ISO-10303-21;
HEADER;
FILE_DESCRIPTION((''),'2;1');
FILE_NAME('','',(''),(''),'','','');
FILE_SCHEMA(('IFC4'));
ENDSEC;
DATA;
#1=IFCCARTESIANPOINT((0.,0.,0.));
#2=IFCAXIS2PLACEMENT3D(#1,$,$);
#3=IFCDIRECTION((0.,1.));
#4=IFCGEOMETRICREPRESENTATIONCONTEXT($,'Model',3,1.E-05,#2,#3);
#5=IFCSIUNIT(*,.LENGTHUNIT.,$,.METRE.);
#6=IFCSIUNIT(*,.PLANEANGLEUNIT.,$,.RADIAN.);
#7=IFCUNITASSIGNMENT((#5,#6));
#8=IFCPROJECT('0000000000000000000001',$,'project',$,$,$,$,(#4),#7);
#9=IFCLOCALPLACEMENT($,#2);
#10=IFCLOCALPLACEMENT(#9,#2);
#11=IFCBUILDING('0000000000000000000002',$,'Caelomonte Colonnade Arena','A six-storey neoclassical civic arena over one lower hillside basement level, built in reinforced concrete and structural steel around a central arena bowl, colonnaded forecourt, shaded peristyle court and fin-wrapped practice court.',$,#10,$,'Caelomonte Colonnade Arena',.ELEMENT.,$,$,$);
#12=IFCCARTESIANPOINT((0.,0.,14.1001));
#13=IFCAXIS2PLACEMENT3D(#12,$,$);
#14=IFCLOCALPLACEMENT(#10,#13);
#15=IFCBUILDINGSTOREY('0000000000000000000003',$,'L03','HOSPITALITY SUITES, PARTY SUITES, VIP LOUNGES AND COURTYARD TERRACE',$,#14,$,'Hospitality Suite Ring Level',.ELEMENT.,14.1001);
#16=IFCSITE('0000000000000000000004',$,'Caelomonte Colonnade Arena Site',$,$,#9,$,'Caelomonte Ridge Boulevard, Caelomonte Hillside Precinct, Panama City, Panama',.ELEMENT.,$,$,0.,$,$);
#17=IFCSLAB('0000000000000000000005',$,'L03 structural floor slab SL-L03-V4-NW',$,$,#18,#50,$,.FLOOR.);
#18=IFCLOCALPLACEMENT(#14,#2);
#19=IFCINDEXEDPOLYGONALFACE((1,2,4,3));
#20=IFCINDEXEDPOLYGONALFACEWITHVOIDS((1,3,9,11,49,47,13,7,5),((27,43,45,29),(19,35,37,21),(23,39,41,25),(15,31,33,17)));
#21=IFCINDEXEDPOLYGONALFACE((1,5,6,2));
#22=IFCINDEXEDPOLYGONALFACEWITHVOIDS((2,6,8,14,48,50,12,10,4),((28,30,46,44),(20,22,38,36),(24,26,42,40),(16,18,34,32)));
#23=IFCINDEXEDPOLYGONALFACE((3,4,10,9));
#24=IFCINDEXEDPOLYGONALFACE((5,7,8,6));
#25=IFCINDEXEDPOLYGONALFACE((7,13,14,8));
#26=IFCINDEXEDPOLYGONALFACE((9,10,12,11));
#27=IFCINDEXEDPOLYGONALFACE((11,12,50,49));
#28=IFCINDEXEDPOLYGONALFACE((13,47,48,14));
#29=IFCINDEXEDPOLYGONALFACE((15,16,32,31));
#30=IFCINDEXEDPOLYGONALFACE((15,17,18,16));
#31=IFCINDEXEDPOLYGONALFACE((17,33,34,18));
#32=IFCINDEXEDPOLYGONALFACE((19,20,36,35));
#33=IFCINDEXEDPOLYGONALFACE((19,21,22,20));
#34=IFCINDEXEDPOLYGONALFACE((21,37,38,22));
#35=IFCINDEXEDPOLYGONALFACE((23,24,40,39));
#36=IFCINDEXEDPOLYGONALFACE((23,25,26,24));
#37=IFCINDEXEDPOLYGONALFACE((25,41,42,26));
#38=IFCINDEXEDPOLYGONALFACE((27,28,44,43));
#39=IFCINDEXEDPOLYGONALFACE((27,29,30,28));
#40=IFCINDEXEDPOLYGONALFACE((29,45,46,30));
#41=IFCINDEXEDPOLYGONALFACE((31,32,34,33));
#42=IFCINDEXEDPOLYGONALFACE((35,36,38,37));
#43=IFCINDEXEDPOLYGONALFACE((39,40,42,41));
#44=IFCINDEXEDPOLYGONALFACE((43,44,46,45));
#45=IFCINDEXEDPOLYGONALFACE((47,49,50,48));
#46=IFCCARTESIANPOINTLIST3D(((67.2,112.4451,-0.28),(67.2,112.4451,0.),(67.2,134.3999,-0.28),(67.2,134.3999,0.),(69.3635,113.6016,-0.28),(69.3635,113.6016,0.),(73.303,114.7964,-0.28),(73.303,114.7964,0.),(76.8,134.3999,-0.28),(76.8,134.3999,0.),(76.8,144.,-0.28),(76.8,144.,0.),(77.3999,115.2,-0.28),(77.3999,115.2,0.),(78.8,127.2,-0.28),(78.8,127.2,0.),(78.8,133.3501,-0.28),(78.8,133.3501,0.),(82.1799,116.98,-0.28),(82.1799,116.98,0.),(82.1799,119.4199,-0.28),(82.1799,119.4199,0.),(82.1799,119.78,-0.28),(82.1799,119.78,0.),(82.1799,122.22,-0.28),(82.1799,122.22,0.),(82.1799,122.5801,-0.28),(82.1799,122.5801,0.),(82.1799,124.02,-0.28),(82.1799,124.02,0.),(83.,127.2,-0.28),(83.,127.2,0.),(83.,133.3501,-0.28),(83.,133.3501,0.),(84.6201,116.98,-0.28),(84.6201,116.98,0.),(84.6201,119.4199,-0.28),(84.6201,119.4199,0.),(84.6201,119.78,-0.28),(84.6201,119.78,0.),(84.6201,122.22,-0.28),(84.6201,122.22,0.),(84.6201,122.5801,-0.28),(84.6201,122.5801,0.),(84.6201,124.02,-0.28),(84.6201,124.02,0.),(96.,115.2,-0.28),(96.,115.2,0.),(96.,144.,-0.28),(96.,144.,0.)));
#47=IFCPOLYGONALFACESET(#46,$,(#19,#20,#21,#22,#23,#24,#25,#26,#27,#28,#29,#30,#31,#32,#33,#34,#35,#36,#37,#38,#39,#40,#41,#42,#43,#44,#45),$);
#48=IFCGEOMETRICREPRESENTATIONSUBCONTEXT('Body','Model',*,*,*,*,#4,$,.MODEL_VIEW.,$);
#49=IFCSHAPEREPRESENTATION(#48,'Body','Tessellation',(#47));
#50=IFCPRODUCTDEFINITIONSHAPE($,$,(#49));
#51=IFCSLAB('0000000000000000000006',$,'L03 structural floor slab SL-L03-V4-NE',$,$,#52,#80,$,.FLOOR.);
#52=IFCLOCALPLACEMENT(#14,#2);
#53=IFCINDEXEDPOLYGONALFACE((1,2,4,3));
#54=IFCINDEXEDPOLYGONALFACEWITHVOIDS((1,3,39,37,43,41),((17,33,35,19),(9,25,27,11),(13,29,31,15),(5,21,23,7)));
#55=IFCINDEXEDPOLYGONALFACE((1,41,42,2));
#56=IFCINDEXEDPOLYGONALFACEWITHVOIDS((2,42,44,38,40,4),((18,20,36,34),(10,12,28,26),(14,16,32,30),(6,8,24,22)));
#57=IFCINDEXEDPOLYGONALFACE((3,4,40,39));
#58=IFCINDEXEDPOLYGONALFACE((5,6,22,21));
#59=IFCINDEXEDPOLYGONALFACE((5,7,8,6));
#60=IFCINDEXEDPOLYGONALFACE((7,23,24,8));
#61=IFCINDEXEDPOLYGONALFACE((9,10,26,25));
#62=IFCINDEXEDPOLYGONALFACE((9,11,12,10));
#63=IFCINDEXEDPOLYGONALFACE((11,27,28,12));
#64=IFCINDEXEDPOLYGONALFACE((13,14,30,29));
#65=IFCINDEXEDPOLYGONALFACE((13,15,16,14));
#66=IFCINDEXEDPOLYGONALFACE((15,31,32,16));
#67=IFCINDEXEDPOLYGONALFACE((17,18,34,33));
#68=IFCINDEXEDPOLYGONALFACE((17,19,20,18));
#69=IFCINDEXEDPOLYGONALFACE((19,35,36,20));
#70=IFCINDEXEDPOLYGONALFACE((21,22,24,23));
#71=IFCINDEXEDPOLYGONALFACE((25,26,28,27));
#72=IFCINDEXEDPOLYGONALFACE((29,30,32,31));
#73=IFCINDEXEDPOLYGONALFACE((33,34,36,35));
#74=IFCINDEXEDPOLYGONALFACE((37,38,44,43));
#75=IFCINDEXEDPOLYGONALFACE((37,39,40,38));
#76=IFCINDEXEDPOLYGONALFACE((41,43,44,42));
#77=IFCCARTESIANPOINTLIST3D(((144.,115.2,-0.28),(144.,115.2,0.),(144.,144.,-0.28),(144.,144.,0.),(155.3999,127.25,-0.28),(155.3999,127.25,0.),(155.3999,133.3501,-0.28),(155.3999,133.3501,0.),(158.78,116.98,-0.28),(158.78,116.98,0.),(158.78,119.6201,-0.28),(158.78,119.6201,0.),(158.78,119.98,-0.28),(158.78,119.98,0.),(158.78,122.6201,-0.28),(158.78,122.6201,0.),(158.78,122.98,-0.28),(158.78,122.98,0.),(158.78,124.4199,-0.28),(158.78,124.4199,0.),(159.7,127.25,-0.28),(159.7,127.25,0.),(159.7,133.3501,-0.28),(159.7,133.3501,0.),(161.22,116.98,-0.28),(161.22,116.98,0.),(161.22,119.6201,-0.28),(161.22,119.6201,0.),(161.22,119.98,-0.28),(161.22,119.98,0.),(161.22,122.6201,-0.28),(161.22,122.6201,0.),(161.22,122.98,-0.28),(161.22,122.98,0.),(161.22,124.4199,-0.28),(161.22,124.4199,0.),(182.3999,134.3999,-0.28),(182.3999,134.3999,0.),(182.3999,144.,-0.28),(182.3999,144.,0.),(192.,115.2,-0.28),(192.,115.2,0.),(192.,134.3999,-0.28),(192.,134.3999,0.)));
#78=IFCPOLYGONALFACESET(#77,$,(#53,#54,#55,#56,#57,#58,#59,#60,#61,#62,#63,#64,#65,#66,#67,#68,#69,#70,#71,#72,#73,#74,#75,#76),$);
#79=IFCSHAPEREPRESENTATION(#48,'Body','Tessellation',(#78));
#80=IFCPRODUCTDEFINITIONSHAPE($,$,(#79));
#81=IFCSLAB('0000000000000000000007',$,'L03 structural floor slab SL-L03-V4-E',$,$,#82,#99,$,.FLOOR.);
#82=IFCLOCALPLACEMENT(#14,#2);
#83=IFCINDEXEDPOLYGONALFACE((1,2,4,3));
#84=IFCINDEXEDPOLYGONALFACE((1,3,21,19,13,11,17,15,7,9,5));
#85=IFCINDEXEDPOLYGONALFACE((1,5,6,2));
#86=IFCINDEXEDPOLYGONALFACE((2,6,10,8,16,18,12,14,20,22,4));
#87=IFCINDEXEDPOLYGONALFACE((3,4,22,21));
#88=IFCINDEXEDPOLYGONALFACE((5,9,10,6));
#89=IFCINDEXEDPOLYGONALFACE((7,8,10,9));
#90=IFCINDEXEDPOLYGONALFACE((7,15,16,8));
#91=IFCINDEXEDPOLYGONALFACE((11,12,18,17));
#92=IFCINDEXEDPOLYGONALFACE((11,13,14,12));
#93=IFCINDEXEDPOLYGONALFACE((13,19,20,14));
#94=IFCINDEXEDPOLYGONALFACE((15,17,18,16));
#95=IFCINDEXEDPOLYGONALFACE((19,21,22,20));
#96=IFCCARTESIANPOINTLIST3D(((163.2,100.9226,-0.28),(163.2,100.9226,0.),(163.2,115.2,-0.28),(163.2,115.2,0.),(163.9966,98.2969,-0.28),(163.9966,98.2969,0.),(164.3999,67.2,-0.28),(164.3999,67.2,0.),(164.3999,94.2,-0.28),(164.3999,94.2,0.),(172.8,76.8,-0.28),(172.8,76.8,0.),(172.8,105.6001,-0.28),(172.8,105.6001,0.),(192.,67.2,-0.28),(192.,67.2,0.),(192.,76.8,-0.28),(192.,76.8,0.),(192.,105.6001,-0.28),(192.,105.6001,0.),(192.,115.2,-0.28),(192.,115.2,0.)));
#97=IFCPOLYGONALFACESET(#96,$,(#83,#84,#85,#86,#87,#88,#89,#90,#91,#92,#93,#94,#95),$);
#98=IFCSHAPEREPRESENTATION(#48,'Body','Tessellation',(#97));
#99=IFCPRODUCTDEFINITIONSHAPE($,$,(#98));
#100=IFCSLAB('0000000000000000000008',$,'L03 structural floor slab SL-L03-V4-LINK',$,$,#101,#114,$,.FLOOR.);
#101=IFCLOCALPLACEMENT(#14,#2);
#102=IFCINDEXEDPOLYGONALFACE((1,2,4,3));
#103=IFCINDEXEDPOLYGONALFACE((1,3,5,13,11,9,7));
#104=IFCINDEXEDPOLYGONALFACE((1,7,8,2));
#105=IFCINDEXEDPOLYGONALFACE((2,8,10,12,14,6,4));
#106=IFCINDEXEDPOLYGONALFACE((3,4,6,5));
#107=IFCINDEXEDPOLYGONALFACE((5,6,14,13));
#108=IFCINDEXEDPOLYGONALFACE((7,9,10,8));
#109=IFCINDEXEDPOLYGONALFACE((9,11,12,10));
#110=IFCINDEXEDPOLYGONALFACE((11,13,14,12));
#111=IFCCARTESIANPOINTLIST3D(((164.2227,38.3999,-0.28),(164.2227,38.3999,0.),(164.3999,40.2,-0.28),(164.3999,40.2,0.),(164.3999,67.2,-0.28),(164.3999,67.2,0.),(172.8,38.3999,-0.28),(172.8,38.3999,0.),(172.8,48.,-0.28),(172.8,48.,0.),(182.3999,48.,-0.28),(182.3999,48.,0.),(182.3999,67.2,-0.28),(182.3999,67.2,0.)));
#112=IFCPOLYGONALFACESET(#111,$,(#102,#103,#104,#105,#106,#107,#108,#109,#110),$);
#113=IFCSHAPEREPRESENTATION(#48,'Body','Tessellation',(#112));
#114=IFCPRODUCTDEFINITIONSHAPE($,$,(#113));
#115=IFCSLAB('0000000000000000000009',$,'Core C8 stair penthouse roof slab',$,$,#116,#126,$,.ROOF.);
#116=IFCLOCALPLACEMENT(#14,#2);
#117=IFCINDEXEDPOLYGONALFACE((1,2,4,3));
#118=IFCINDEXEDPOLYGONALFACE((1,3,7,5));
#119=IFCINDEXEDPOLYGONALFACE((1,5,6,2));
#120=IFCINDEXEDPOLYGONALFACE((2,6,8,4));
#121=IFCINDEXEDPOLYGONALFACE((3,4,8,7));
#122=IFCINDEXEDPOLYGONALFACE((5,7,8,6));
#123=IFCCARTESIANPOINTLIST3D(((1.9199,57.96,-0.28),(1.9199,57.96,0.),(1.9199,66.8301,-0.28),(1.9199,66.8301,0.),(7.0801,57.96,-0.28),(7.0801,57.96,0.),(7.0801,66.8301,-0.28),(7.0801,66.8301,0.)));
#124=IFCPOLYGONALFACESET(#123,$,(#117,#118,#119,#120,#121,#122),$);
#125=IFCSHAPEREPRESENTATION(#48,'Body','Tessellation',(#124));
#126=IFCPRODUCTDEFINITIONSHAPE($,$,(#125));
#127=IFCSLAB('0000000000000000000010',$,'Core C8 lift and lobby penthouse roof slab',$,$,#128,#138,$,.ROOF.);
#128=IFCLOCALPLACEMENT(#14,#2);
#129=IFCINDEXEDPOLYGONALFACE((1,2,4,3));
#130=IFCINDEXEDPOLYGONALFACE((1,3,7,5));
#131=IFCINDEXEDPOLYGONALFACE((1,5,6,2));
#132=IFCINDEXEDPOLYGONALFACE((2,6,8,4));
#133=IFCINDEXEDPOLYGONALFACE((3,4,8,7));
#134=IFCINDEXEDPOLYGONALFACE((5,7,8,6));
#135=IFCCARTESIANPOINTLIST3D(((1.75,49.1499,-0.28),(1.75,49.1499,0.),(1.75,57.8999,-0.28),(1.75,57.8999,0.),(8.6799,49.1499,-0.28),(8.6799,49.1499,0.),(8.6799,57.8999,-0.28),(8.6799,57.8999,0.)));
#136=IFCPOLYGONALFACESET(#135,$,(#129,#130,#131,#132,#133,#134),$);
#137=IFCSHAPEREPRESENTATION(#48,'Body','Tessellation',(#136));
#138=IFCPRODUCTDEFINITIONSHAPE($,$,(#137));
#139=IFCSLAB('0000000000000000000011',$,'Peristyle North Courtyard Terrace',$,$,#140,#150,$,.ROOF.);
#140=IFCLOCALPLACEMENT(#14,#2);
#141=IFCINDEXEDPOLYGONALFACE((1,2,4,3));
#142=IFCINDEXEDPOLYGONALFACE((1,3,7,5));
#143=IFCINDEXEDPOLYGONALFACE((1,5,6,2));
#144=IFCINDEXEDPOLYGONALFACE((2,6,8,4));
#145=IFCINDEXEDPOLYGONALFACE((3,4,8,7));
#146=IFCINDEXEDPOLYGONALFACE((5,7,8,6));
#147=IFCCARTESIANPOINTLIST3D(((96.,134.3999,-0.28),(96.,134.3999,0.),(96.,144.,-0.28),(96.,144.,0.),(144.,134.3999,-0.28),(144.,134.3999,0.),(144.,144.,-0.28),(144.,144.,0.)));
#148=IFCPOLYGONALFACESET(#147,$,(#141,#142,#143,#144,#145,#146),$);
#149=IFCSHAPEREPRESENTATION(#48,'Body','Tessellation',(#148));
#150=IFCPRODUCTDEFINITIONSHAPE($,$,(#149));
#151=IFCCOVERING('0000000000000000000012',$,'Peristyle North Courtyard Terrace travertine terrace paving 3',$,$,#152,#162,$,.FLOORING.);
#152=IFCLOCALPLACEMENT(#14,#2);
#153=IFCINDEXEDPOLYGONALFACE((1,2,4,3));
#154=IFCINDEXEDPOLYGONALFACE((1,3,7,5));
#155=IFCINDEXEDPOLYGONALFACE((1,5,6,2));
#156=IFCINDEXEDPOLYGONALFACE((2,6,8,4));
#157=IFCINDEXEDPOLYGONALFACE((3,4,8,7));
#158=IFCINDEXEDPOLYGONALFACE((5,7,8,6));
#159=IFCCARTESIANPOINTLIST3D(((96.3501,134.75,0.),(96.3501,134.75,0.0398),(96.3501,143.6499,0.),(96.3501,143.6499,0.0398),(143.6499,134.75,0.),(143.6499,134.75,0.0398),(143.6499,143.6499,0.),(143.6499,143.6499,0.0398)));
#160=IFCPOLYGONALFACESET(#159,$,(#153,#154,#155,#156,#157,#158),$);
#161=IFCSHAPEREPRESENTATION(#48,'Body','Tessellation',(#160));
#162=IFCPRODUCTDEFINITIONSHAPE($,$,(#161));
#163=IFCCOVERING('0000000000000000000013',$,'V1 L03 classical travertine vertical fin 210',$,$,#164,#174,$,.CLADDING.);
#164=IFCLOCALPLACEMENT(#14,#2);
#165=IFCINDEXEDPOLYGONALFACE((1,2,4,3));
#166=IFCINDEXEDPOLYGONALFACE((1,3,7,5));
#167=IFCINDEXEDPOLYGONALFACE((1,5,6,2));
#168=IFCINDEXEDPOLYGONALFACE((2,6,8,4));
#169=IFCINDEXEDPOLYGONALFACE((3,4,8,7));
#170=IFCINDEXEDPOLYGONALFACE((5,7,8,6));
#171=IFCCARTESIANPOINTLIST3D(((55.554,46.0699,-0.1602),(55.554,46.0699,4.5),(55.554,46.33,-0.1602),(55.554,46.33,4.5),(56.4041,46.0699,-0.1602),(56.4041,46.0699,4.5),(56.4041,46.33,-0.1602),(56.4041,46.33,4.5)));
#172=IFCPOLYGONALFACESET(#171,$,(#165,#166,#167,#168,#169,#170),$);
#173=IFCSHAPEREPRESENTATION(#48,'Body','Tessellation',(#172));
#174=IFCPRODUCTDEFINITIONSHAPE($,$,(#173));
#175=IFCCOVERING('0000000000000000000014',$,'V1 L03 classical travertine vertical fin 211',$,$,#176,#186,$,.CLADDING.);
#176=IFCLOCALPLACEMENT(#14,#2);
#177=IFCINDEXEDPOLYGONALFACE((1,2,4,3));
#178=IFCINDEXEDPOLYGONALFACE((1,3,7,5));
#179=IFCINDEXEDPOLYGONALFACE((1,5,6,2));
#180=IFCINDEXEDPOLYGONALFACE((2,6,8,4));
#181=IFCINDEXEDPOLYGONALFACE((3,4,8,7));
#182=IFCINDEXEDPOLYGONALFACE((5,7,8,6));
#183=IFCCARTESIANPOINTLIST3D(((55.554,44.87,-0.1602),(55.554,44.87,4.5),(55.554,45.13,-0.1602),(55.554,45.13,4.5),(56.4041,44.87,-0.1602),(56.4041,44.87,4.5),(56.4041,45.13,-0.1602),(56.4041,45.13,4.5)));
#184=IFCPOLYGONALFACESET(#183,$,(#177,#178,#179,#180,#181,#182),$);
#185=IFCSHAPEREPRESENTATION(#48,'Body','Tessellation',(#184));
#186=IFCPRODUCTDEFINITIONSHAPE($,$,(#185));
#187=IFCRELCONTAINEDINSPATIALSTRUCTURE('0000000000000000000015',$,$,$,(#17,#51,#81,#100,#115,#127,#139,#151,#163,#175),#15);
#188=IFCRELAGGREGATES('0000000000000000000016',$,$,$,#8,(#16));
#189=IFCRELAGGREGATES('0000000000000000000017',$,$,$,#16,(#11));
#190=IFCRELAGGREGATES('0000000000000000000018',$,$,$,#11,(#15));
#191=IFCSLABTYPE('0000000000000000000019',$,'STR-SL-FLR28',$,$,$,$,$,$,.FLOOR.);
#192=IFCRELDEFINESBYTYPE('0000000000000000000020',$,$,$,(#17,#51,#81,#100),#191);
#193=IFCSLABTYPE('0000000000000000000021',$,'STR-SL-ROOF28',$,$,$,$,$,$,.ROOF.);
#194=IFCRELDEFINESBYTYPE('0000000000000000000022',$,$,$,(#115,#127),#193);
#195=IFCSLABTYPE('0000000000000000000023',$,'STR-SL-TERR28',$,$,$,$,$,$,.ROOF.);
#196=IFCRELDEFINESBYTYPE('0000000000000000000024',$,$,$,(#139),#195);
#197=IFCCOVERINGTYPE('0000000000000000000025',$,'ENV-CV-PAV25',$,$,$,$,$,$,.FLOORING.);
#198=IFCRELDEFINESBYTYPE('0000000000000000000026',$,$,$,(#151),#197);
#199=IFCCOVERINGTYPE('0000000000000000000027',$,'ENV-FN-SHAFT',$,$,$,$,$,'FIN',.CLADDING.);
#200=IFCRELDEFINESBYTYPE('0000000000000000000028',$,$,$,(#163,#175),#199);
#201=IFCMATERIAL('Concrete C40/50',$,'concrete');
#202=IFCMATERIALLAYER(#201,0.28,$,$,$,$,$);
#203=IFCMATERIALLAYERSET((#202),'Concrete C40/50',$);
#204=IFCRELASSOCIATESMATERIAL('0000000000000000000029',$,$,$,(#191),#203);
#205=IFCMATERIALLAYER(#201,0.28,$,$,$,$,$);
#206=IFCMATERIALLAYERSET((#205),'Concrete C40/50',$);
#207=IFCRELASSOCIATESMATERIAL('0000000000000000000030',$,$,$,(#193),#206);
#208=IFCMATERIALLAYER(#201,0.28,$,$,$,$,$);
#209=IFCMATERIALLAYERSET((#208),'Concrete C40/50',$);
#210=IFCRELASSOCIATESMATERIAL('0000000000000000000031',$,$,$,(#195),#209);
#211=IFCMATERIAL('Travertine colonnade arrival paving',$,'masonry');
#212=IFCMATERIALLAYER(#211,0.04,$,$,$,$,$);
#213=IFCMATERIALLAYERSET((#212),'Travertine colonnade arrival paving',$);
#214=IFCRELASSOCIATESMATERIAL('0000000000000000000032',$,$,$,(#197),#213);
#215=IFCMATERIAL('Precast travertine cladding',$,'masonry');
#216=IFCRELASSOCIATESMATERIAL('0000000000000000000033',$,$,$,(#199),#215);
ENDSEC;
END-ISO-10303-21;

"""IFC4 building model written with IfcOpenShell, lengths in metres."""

from ifc_helpers import new_model, si_unit, direction, frame, origin, origin_2d, place, context, subcontext, project, spatial, polyline, rectangle, outline, extrude, material, layer, layer_set, material_profile, profile_set, type_object, element, save


model = new_model("IFC4")

# Units and contexts
model_context = context("Model", 3, precision=1e-05, world=origin(), true_north=direction((0.0, 1.0)))
body_context = subcontext(model_context, "Body", "Model", "MODEL_VIEW")
ifc_project = project(units=[si_unit("LENGTHUNIT", "METRE"), si_unit("PLANEANGLEUNIT", "RADIAN")], contexts=[model_context])

# Site, building, storey
site_placement = place(None, origin())
site = spatial("IfcSite", under=ifc_project, at=site_placement, Name="Caelomonte Colonnade Arena Site", LongName="Caelomonte Ridge Boulevard, Caelomonte Hillside Precinct, Panama City, Panama", CompositionType="ELEMENT", RefElevation=0.0)
building_placement = place(site_placement, origin())
building = spatial("IfcBuilding", under=site, at=building_placement, Name="Caelomonte Colonnade Arena", Description="A six-storey neoclassical civic arena over one lower hillside basement level, built in reinforced concrete and structural steel around a central arena bowl, colonnaded forecourt, shaded peristyle court and fin-wrapped practice court.", LongName="Caelomonte Colonnade Arena", CompositionType="ELEMENT")
storey_placement = place(building_placement, frame((0.0, 0.0, 14.1001)))
storey = spatial("IfcBuildingStorey", under=building, at=storey_placement, Name="L03", Description="HOSPITALITY SUITES, PARTY SUITES, VIP LOUNGES AND COURTYARD TERRACE", LongName="Hospitality Suite Ring Level", CompositionType="ELEMENT", Elevation=14.1001)

# Shared definitions
ifc_material_1 = material(Name="Concrete C40/50", Category="concrete")

# Slabs
ifc_layer_1 = layer(ifc_material_1, 0.28)
ifc_layer_set_1 = layer_set([ifc_layer_1], Name="Concrete C40/50")
slab_type_1 = type_object("IfcSlabType", Name="STR-SL-FLR28", PredefinedType="FLOOR", material=ifc_layer_set_1)
slab_1_placement = place(storey_placement, frame((0.0, 0.0, -0.28)))
element("IfcSlab", 1, at=slab_1_placement, inside=storey, type_object=slab_type_1, Name="L03 structural floor slab SL-L03-V4-NW", PredefinedType="FLOOR", context=body_context, shape_type="SweptSolid", body=[
    extrude(outline(polyline([(96.0, 115.2), (96.0, 144.0), (76.8, 144.0), (76.8, 134.3999), (67.2, 134.3999), (67.2, 112.4451), (69.3635, 113.6016), (73.303, 114.7964), (77.3999, 115.2), (96.0, 115.2)]), holes=[polyline([(82.1799, 116.98), (82.1799, 119.4199), (84.6201, 119.4199), (84.6201, 116.98), (82.1799, 116.98)]), polyline([(82.1799, 119.78), (82.1799, 122.22), (84.6201, 122.22), (84.6201, 119.78), (82.1799, 119.78)]), polyline([(82.1799, 122.5801), (82.1799, 124.02), (84.6201, 124.02), (84.6201, 122.5801), (82.1799, 122.5801)]), polyline([(78.8, 127.2), (78.8, 133.3501), (83.0, 133.3501), (83.0, 127.2), (78.8, 127.2)])]), origin(), (0.0, 0.0, 1.0), 0.28),
])
slab_2_placement = place(storey_placement, frame((0.0, 0.0, -0.28)))
element("IfcSlab", 2, at=slab_2_placement, inside=storey, type_object=slab_type_1, Name="L03 structural floor slab SL-L03-V4-NE", PredefinedType="FLOOR", context=body_context, shape_type="SweptSolid", body=[
    extrude(outline(polyline([(144.0, 115.2), (192.0, 115.2), (192.0, 134.3999), (182.3999, 134.3999), (182.3999, 144.0), (144.0, 144.0), (144.0, 115.2)]), holes=[polyline([(158.78, 116.98), (158.78, 119.6201), (161.22, 119.6201), (161.22, 116.98), (158.78, 116.98)]), polyline([(158.78, 119.98), (158.78, 122.6201), (161.22, 122.6201), (161.22, 119.98), (158.78, 119.98)]), polyline([(158.78, 122.98), (158.78, 124.4199), (161.22, 124.4199), (161.22, 122.98), (158.78, 122.98)]), polyline([(155.3999, 127.25), (155.3999, 133.3501), (159.7, 133.3501), (159.7, 127.25), (155.3999, 127.25)])]), origin(), (0.0, 0.0, 1.0), 0.28),
])
slab_3_placement = place(storey_placement, frame((0.0, 0.0, -0.28)))
element("IfcSlab", 3, at=slab_3_placement, inside=storey, type_object=slab_type_1, Name="L03 structural floor slab SL-L03-V4-E", PredefinedType="FLOOR", context=body_context, shape_type="SweptSolid", body=[
    extrude(outline(polyline([(164.3999, 67.2), (192.0, 67.2), (192.0, 76.8), (172.8, 76.8), (172.8, 105.6001), (192.0, 105.6001), (192.0, 115.2), (163.2, 115.2), (163.2, 100.9226), (163.9966, 98.2969), (164.3999, 94.2), (164.3999, 67.2)])), origin(), (0.0, 0.0, 1.0), 0.28),
])
slab_4_placement = place(storey_placement, frame((0.0, 0.0, -0.28)))
element("IfcSlab", 4, at=slab_4_placement, inside=storey, type_object=slab_type_1, Name="L03 structural floor slab SL-L03-V4-LINK", PredefinedType="FLOOR", context=body_context, shape_type="SweptSolid", body=[
    extrude(outline(polyline([(182.3999, 67.2), (164.3999, 67.2), (164.3999, 40.2), (164.2227, 38.3999), (172.8, 38.3999), (172.8, 48.0), (182.3999, 48.0), (182.3999, 67.2)])), origin(), (0.0, 0.0, 1.0), 0.28),
])
ifc_layer_2 = layer(ifc_material_1, 0.28)
ifc_layer_set_2 = layer_set([ifc_layer_2], Name="Concrete C40/50")
slab_type_2 = type_object("IfcSlabType", Name="STR-SL-ROOF28", PredefinedType="ROOF", material=ifc_layer_set_2)
slab_5_placement = place(storey_placement, frame((0.0, 0.0, -0.28)))
element("IfcSlab", 5, at=slab_5_placement, inside=storey, type_object=slab_type_2, Name="Core C8 stair penthouse roof slab", PredefinedType="ROOF", context=body_context, shape_type="SweptSolid", body=[
    extrude(outline(polyline([(1.9199, 57.96), (7.0801, 57.96), (7.0801, 66.8301), (1.9199, 66.8301), (1.9199, 57.96)])), origin(), (0.0, 0.0, 1.0), 0.28),
])
slab_6_placement = place(storey_placement, frame((0.0, 0.0, -0.28)))
element("IfcSlab", 6, at=slab_6_placement, inside=storey, type_object=slab_type_2, Name="Core C8 lift and lobby penthouse roof slab", PredefinedType="ROOF", context=body_context, shape_type="SweptSolid", body=[
    extrude(outline(polyline([(1.75, 49.1499), (8.6799, 49.1499), (8.6799, 57.8999), (1.75, 57.8999), (1.75, 49.1499)])), origin(), (0.0, 0.0, 1.0), 0.28),
])
ifc_layer_3 = layer(ifc_material_1, 0.28)
ifc_layer_set_3 = layer_set([ifc_layer_3], Name="Concrete C40/50")
slab_type_3 = type_object("IfcSlabType", Name="STR-SL-TERR28", PredefinedType="ROOF", material=ifc_layer_set_3)
slab_7_placement = place(storey_placement, frame((0.0, 0.0, -0.28)))
element("IfcSlab", 7, at=slab_7_placement, inside=storey, type_object=slab_type_3, Name="Peristyle North Courtyard Terrace", PredefinedType="ROOF", context=body_context, shape_type="SweptSolid", body=[
    extrude(outline(polyline([(96.0, 134.3999), (144.0, 134.3999), (144.0, 144.0), (96.0, 144.0), (96.0, 134.3999)])), origin(), (0.0, 0.0, 1.0), 0.28),
])

# Coverings
ifc_material_2 = material(Name="Travertine colonnade arrival paving", Category="masonry")
ifc_layer_4 = layer(ifc_material_2, 0.04)
ifc_layer_set_4 = layer_set([ifc_layer_4], Name="Travertine colonnade arrival paving")
covering_type_1 = type_object("IfcCoveringType", Name="ENV-CV-PAV25", PredefinedType="FLOORING", material=ifc_layer_set_4)
covering_1_placement = place(storey_placement, origin())
element("IfcCovering", 8, at=covering_1_placement, inside=storey, type_object=covering_type_1, Name="Peristyle North Courtyard Terrace travertine terrace paving 3", PredefinedType="FLOORING", context=body_context, shape_type="SweptSolid", body=[
    extrude(outline(polyline([(96.3501, 134.75), (143.6499, 134.75), (143.6499, 143.6499), (96.3501, 143.6499), (96.3501, 134.75)])), origin(), (0.0, 0.0, 1.0), 0.0398),
])
ifc_material_3 = material(Name="Precast travertine cladding", Category="masonry")
ifc_material_profile = material_profile(ifc_material_3, rectangle(XDim=0.26, YDim=0.8501, at=origin_2d()), Name="FIN260X850")
ifc_profile_set = profile_set([ifc_material_profile], Name="Precast travertine cladding")
covering_type_2 = type_object("IfcCoveringType", Name="ENV-FN-SHAFT", ElementType="FIN", PredefinedType="CLADDING", material=ifc_profile_set)
for number, where, z_axis, x_axis, name in (
    (9, (55.979, 46.2, -0.1602), (0.0, 0.0, 1.0), (0.0, 1.0, 0.0), "V1 L03 classical travertine vertical fin 210"),
    (10, (55.979, 45.0, -0.1602), (0.0, 0.0, 1.0), (0.0, 1.0, 0.0), "V1 L03 classical travertine vertical fin 211"),
):
    element("IfcCovering", number, at=place(storey_placement, frame(where, z_axis=z_axis, x_axis=x_axis)), inside=storey, type_object=covering_type_2, Name=name, PredefinedType="CLADDING", context=body_context, shape_type="SweptSolid", body=[
        extrude(rectangle(XDim=0.26, YDim=0.8501, at=origin_2d()), origin(), (0.0, 0.0, 1.0), 4.6602),
    ])

save(model, "model.ifc")
